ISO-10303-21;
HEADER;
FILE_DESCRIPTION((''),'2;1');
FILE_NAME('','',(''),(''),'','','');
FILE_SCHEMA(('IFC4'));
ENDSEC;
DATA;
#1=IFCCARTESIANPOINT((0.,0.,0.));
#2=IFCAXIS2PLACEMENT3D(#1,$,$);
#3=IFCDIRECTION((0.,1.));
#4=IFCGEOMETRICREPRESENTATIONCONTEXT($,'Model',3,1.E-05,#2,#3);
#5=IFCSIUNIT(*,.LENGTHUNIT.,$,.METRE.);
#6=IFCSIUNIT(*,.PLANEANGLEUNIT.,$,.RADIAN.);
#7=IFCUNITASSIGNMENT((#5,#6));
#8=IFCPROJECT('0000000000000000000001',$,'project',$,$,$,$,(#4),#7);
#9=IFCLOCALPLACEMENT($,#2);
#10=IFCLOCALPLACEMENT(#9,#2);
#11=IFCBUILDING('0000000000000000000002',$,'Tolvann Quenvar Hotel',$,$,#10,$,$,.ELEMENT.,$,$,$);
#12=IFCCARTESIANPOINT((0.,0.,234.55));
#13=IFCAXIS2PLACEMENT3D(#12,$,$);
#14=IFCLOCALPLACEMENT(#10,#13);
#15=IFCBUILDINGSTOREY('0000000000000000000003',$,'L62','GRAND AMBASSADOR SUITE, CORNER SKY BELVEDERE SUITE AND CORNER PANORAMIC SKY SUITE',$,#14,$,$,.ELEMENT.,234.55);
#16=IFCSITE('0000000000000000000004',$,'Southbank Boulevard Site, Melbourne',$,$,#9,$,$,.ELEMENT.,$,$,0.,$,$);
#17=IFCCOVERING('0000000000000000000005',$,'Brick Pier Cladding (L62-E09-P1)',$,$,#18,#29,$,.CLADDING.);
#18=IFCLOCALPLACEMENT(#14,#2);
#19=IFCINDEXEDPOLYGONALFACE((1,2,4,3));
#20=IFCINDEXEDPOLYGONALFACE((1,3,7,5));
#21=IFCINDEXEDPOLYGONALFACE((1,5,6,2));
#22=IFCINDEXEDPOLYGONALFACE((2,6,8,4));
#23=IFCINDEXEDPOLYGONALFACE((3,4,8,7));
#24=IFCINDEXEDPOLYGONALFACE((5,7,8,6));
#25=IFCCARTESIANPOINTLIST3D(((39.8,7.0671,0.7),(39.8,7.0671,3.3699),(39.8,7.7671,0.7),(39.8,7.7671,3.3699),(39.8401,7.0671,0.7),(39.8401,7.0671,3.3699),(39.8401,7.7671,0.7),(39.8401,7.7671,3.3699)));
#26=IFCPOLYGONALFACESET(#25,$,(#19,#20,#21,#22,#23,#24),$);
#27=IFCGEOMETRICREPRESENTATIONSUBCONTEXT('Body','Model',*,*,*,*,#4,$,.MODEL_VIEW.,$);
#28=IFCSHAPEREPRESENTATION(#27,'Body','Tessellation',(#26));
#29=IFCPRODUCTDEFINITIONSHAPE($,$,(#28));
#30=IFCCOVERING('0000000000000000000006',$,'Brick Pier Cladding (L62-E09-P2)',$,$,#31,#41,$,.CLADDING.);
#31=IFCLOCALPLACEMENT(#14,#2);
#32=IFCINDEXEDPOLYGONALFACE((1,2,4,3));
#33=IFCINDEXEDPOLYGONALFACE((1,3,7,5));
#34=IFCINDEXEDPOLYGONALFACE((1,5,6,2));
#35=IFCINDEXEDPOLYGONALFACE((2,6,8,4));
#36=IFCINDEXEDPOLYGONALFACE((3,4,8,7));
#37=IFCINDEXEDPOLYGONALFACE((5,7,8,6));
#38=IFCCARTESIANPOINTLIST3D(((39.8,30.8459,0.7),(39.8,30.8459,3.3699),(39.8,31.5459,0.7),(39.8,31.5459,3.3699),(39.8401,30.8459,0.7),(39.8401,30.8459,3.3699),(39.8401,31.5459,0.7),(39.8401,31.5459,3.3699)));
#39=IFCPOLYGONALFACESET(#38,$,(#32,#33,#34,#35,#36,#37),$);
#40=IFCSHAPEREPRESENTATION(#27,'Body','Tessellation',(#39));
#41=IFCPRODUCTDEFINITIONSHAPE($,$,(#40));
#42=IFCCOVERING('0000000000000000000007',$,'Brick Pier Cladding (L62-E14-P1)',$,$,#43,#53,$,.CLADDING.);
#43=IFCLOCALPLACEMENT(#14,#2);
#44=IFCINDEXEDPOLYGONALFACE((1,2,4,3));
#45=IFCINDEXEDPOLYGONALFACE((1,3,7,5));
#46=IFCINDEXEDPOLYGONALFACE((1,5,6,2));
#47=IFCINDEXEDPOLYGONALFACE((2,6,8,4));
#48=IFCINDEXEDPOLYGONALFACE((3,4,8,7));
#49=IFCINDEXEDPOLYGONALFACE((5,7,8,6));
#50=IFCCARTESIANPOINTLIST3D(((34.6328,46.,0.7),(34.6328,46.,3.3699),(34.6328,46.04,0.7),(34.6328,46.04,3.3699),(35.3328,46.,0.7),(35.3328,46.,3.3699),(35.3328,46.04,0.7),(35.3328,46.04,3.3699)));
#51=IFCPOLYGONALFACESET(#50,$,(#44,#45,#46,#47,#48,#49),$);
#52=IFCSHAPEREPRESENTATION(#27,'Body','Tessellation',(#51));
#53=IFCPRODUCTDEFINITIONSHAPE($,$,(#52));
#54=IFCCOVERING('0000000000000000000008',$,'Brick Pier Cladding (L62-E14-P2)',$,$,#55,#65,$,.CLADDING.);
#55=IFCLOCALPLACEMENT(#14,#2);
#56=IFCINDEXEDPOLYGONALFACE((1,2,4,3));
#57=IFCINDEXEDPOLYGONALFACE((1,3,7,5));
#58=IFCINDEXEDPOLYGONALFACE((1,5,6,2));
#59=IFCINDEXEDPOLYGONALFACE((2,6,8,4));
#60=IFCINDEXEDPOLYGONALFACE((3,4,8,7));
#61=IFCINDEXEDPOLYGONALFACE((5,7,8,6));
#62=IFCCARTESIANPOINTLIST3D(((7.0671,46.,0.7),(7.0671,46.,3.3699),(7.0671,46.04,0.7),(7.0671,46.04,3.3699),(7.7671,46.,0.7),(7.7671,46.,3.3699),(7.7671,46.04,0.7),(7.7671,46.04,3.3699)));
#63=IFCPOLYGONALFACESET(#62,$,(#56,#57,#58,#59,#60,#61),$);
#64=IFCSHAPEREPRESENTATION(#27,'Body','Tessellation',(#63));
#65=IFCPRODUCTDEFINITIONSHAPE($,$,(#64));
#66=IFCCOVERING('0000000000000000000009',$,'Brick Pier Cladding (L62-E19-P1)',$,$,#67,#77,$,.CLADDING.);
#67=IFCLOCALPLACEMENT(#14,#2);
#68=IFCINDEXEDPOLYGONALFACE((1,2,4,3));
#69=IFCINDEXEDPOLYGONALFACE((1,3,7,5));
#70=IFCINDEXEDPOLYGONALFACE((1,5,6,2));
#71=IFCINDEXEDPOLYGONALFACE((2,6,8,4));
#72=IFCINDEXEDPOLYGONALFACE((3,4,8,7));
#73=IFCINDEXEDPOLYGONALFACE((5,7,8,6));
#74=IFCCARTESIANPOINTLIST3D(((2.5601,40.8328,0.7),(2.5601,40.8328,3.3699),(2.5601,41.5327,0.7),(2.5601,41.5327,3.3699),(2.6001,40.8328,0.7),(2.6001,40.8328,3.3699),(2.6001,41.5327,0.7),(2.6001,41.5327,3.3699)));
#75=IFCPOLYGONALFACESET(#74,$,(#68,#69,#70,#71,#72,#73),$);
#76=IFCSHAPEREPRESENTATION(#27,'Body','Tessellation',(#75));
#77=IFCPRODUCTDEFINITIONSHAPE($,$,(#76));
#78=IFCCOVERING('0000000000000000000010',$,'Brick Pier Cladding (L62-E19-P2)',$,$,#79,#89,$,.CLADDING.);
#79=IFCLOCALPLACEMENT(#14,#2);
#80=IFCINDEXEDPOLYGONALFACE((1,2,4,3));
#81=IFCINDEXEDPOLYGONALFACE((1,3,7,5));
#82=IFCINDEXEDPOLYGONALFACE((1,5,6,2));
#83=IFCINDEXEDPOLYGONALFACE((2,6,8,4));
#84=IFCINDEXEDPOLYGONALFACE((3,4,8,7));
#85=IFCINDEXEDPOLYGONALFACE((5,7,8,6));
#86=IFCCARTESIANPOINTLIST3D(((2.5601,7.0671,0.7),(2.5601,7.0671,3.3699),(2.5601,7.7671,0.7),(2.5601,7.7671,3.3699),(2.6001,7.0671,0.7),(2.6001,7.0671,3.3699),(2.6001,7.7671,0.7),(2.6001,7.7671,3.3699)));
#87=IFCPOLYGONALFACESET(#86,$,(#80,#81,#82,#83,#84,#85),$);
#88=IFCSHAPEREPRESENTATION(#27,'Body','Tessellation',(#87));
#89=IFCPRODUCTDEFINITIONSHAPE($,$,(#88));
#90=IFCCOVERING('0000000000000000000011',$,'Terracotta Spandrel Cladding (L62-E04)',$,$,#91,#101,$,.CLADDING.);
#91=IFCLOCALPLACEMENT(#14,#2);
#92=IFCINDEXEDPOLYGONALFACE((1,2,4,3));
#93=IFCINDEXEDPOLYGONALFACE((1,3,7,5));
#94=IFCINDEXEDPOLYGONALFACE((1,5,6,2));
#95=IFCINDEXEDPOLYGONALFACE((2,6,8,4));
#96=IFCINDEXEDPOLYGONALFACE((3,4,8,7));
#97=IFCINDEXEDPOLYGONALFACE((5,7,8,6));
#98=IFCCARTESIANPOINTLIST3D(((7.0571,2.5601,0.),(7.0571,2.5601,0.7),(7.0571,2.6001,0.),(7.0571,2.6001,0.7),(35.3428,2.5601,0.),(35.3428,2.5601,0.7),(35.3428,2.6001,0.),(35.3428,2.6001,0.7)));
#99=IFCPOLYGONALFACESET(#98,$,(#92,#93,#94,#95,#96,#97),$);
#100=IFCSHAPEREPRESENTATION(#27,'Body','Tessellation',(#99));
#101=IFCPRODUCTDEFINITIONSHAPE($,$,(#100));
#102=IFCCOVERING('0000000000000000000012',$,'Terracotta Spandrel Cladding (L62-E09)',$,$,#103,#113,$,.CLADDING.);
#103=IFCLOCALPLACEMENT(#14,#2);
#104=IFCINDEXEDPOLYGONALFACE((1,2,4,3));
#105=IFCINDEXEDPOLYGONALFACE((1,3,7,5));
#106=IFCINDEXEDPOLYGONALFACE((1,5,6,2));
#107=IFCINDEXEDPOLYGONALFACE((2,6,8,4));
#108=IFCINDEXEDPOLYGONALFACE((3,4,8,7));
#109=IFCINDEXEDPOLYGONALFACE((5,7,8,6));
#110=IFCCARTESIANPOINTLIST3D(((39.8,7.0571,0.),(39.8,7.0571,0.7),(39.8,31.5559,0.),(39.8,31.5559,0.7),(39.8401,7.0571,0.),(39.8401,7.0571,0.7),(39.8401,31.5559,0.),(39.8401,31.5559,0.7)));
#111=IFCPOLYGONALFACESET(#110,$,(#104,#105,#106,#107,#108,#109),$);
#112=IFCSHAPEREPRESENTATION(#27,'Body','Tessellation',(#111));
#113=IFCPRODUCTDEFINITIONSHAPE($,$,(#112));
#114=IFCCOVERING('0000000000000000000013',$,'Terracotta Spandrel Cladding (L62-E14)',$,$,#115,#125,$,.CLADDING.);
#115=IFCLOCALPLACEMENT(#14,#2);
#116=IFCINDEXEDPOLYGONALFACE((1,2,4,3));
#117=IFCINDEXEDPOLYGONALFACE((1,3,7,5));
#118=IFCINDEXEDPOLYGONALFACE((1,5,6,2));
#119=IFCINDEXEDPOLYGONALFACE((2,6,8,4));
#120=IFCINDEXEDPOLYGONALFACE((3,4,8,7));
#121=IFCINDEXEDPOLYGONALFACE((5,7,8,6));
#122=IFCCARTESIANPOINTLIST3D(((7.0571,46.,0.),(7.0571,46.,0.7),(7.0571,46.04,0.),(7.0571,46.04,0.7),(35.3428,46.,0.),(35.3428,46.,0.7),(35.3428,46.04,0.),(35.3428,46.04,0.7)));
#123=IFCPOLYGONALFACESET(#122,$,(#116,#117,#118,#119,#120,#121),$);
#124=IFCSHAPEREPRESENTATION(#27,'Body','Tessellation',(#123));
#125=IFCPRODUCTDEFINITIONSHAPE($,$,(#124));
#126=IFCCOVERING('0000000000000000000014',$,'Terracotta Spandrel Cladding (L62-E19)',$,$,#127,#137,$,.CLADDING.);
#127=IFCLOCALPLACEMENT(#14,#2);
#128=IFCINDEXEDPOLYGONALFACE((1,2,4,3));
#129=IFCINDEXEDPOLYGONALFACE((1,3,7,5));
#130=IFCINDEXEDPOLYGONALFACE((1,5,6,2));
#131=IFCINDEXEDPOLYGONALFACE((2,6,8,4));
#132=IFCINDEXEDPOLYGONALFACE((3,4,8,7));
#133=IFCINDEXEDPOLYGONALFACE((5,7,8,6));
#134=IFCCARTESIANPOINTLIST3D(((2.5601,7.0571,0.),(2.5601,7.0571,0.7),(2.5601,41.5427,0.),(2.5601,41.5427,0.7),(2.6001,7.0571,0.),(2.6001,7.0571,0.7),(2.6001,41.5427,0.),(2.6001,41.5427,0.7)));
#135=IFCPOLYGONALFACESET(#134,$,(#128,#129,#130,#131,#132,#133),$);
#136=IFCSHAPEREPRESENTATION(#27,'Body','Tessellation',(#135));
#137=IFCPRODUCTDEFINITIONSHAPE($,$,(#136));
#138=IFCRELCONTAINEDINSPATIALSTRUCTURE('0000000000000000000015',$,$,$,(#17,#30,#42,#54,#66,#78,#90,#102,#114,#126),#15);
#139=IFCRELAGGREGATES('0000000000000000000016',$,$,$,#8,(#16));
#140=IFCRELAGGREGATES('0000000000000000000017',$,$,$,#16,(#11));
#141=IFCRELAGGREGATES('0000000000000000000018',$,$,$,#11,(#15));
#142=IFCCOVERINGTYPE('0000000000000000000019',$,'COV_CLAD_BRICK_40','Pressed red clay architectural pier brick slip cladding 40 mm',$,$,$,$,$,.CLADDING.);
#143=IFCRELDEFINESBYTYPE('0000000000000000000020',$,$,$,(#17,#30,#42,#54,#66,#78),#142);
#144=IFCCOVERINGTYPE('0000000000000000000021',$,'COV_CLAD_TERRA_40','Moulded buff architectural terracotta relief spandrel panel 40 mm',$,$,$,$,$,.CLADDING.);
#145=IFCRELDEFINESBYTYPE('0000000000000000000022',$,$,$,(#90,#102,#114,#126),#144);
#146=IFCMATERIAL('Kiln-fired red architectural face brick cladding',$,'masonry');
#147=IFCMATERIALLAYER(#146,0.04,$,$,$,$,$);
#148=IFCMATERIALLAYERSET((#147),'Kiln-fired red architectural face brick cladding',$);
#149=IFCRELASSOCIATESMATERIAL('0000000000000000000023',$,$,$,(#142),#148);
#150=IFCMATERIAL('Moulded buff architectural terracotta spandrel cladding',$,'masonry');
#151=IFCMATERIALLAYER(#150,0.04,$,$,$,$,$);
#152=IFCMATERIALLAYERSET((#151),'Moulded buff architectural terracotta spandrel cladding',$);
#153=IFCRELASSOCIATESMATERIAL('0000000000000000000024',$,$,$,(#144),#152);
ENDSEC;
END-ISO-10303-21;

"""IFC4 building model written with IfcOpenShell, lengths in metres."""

from ifc_helpers import new_model, si_unit, direction, frame, origin, place, context, subcontext, project, spatial, polyline, outline, extrude, material, layer, layer_set, type_object, element, save


model = new_model("IFC4")

# Units and contexts
model_context = context("Model", 3, precision=1e-05, world=origin(), true_north=direction((0.0, 1.0)))
body_context = subcontext(model_context, "Body", "Model", "MODEL_VIEW")
ifc_project = project(units=[si_unit("LENGTHUNIT", "METRE"), si_unit("PLANEANGLEUNIT", "RADIAN")], contexts=[model_context])

# Site, building, storey
site_placement = place(None, origin())
site = spatial("IfcSite", under=ifc_project, at=site_placement, Name="Southbank Boulevard Site, Melbourne", CompositionType="ELEMENT", RefElevation=0.0)
building_placement = place(site_placement, origin())
building = spatial("IfcBuilding", under=site, at=building_placement, Name="Tolvann Quenvar Hotel", CompositionType="ELEMENT")
storey_placement = place(building_placement, frame((0.0, 0.0, 234.55)))
storey = spatial("IfcBuildingStorey", under=building, at=storey_placement, Name="L62", Description="GRAND AMBASSADOR SUITE, CORNER SKY BELVEDERE SUITE AND CORNER PANORAMIC SKY SUITE", CompositionType="ELEMENT", Elevation=234.55)

# Coverings
ifc_material_1 = material(Name="Kiln-fired red architectural face brick cladding", Category="masonry")
ifc_layer_1 = layer(ifc_material_1, 0.04)
ifc_layer_set_1 = layer_set([ifc_layer_1], Name="Kiln-fired red architectural face brick cladding")
covering_type_1 = type_object("IfcCoveringType", Name="COV_CLAD_BRICK_40", Description="Pressed red clay architectural pier brick slip cladding 40 mm", PredefinedType="CLADDING", material=ifc_layer_set_1)
covering_1_placement = place(storey_placement, frame((0.0, 0.0, 0.7)))
element("IfcCovering", 1, at=covering_1_placement, inside=storey, type_object=covering_type_1, Name="Brick Pier Cladding (L62-E09-P1)", PredefinedType="CLADDING", context=body_context, shape_type="SweptSolid", body=[
    extrude(outline(polyline([(39.8, 7.0671), (39.8, 7.7671), (39.8401, 7.7671), (39.8401, 7.0671), (39.8, 7.0671)])), origin(), (0.0, 0.0, 1.0), 2.6699),
])
covering_2_placement = place(storey_placement, frame((0.0, 0.0, 0.7)))
element("IfcCovering", 2, at=covering_2_placement, inside=storey, type_object=covering_type_1, Name="Brick Pier Cladding (L62-E09-P2)", PredefinedType="CLADDING", context=body_context, shape_type="SweptSolid", body=[
    extrude(outline(polyline([(39.8, 30.8459), (39.8, 31.5459), (39.8401, 31.5459), (39.8401, 30.8459), (39.8, 30.8459)])), origin(), (0.0, 0.0, 1.0), 2.6699),
])
covering_3_placement = place(storey_placement, frame((0.0, 0.0, 0.7)))
element("IfcCovering", 3, at=covering_3_placement, inside=storey, type_object=covering_type_1, Name="Brick Pier Cladding (L62-E14-P1)", PredefinedType="CLADDING", context=body_context, shape_type="SweptSolid", body=[
    extrude(outline(polyline([(35.3328, 46.0), (34.6328, 46.0), (34.6328, 46.04), (35.3328, 46.04), (35.3328, 46.0)])), origin(), (0.0, 0.0, 1.0), 2.6699),
])
covering_4_placement = place(storey_placement, frame((0.0, 0.0, 0.7)))
element("IfcCovering", 4, at=covering_4_placement, inside=storey, type_object=covering_type_1, Name="Brick Pier Cladding (L62-E14-P2)", PredefinedType="CLADDING", context=body_context, shape_type="SweptSolid", body=[
    extrude(outline(polyline([(7.7671, 46.0), (7.0671, 46.0), (7.0671, 46.04), (7.7671, 46.04), (7.7671, 46.0)])), origin(), (0.0, 0.0, 1.0), 2.6699),
])
covering_5_placement = place(storey_placement, frame((0.0, 0.0, 0.7)))
element("IfcCovering", 5, at=covering_5_placement, inside=storey, type_object=covering_type_1, Name="Brick Pier Cladding (L62-E19-P1)", PredefinedType="CLADDING", context=body_context, shape_type="SweptSolid", body=[
    extrude(outline(polyline([(2.6001, 41.5327), (2.6001, 40.8328), (2.5601, 40.8328), (2.5601, 41.5327), (2.6001, 41.5327)])), origin(), (0.0, 0.0, 1.0), 2.6699),
])
covering_6_placement = place(storey_placement, frame((0.0, 0.0, 0.7)))
element("IfcCovering", 6, at=covering_6_placement, inside=storey, type_object=covering_type_1, Name="Brick Pier Cladding (L62-E19-P2)", PredefinedType="CLADDING", context=body_context, shape_type="SweptSolid", body=[
    extrude(outline(polyline([(2.6001, 7.7671), (2.6001, 7.0671), (2.5601, 7.0671), (2.5601, 7.7671), (2.6001, 7.7671)])), origin(), (0.0, 0.0, 1.0), 2.6699),
])
ifc_material_2 = material(Name="Moulded buff architectural terracotta spandrel cladding", Category="masonry")
ifc_layer_2 = layer(ifc_material_2, 0.04)
ifc_layer_set_2 = layer_set([ifc_layer_2], Name="Moulded buff architectural terracotta spandrel cladding")
covering_type_2 = type_object("IfcCoveringType", Name="COV_CLAD_TERRA_40", Description="Moulded buff architectural terracotta relief spandrel panel 40 mm", PredefinedType="CLADDING", material=ifc_layer_set_2)
covering_7_placement = place(storey_placement, origin())
element("IfcCovering", 7, at=covering_7_placement, inside=storey, type_object=covering_type_2, Name="Terracotta Spandrel Cladding (L62-E04)", PredefinedType="CLADDING", context=body_context, shape_type="SweptSolid", body=[
    extrude(outline(polyline([(7.0571, 2.6001), (35.3428, 2.6001), (35.3428, 2.5601), (7.0571, 2.5601), (7.0571, 2.6001)])), origin(), (0.0, 0.0, 1.0), 0.7),
])
covering_8_placement = place(storey_placement, origin())
element("IfcCovering", 8, at=covering_8_placement, inside=storey, type_object=covering_type_2, Name="Terracotta Spandrel Cladding (L62-E09)", PredefinedType="CLADDING", context=body_context, shape_type="SweptSolid", body=[
    extrude(outline(polyline([(39.8, 7.0571), (39.8, 31.5559), (39.8401, 31.5559), (39.8401, 7.0571), (39.8, 7.0571)])), origin(), (0.0, 0.0, 1.0), 0.7),
])
covering_9_placement = place(storey_placement, origin())
element("IfcCovering", 9, at=covering_9_placement, inside=storey, type_object=covering_type_2, Name="Terracotta Spandrel Cladding (L62-E14)", PredefinedType="CLADDING", context=body_context, shape_type="SweptSolid", body=[
    extrude(outline(polyline([(35.3428, 46.0), (7.0571, 46.0), (7.0571, 46.04), (35.3428, 46.04), (35.3428, 46.0)])), origin(), (0.0, 0.0, 1.0), 0.7),
])
covering_10_placement = place(storey_placement, origin())
element("IfcCovering", 10, at=covering_10_placement, inside=storey, type_object=covering_type_2, Name="Terracotta Spandrel Cladding (L62-E19)", PredefinedType="CLADDING", context=body_context, shape_type="SweptSolid", body=[
    extrude(outline(polyline([(2.6001, 41.5427), (2.6001, 7.0571), (2.5601, 7.0571), (2.5601, 41.5427), (2.6001, 41.5427)])), origin(), (0.0, 0.0, 1.0), 0.7),
])

save(model, "model.ifc")
